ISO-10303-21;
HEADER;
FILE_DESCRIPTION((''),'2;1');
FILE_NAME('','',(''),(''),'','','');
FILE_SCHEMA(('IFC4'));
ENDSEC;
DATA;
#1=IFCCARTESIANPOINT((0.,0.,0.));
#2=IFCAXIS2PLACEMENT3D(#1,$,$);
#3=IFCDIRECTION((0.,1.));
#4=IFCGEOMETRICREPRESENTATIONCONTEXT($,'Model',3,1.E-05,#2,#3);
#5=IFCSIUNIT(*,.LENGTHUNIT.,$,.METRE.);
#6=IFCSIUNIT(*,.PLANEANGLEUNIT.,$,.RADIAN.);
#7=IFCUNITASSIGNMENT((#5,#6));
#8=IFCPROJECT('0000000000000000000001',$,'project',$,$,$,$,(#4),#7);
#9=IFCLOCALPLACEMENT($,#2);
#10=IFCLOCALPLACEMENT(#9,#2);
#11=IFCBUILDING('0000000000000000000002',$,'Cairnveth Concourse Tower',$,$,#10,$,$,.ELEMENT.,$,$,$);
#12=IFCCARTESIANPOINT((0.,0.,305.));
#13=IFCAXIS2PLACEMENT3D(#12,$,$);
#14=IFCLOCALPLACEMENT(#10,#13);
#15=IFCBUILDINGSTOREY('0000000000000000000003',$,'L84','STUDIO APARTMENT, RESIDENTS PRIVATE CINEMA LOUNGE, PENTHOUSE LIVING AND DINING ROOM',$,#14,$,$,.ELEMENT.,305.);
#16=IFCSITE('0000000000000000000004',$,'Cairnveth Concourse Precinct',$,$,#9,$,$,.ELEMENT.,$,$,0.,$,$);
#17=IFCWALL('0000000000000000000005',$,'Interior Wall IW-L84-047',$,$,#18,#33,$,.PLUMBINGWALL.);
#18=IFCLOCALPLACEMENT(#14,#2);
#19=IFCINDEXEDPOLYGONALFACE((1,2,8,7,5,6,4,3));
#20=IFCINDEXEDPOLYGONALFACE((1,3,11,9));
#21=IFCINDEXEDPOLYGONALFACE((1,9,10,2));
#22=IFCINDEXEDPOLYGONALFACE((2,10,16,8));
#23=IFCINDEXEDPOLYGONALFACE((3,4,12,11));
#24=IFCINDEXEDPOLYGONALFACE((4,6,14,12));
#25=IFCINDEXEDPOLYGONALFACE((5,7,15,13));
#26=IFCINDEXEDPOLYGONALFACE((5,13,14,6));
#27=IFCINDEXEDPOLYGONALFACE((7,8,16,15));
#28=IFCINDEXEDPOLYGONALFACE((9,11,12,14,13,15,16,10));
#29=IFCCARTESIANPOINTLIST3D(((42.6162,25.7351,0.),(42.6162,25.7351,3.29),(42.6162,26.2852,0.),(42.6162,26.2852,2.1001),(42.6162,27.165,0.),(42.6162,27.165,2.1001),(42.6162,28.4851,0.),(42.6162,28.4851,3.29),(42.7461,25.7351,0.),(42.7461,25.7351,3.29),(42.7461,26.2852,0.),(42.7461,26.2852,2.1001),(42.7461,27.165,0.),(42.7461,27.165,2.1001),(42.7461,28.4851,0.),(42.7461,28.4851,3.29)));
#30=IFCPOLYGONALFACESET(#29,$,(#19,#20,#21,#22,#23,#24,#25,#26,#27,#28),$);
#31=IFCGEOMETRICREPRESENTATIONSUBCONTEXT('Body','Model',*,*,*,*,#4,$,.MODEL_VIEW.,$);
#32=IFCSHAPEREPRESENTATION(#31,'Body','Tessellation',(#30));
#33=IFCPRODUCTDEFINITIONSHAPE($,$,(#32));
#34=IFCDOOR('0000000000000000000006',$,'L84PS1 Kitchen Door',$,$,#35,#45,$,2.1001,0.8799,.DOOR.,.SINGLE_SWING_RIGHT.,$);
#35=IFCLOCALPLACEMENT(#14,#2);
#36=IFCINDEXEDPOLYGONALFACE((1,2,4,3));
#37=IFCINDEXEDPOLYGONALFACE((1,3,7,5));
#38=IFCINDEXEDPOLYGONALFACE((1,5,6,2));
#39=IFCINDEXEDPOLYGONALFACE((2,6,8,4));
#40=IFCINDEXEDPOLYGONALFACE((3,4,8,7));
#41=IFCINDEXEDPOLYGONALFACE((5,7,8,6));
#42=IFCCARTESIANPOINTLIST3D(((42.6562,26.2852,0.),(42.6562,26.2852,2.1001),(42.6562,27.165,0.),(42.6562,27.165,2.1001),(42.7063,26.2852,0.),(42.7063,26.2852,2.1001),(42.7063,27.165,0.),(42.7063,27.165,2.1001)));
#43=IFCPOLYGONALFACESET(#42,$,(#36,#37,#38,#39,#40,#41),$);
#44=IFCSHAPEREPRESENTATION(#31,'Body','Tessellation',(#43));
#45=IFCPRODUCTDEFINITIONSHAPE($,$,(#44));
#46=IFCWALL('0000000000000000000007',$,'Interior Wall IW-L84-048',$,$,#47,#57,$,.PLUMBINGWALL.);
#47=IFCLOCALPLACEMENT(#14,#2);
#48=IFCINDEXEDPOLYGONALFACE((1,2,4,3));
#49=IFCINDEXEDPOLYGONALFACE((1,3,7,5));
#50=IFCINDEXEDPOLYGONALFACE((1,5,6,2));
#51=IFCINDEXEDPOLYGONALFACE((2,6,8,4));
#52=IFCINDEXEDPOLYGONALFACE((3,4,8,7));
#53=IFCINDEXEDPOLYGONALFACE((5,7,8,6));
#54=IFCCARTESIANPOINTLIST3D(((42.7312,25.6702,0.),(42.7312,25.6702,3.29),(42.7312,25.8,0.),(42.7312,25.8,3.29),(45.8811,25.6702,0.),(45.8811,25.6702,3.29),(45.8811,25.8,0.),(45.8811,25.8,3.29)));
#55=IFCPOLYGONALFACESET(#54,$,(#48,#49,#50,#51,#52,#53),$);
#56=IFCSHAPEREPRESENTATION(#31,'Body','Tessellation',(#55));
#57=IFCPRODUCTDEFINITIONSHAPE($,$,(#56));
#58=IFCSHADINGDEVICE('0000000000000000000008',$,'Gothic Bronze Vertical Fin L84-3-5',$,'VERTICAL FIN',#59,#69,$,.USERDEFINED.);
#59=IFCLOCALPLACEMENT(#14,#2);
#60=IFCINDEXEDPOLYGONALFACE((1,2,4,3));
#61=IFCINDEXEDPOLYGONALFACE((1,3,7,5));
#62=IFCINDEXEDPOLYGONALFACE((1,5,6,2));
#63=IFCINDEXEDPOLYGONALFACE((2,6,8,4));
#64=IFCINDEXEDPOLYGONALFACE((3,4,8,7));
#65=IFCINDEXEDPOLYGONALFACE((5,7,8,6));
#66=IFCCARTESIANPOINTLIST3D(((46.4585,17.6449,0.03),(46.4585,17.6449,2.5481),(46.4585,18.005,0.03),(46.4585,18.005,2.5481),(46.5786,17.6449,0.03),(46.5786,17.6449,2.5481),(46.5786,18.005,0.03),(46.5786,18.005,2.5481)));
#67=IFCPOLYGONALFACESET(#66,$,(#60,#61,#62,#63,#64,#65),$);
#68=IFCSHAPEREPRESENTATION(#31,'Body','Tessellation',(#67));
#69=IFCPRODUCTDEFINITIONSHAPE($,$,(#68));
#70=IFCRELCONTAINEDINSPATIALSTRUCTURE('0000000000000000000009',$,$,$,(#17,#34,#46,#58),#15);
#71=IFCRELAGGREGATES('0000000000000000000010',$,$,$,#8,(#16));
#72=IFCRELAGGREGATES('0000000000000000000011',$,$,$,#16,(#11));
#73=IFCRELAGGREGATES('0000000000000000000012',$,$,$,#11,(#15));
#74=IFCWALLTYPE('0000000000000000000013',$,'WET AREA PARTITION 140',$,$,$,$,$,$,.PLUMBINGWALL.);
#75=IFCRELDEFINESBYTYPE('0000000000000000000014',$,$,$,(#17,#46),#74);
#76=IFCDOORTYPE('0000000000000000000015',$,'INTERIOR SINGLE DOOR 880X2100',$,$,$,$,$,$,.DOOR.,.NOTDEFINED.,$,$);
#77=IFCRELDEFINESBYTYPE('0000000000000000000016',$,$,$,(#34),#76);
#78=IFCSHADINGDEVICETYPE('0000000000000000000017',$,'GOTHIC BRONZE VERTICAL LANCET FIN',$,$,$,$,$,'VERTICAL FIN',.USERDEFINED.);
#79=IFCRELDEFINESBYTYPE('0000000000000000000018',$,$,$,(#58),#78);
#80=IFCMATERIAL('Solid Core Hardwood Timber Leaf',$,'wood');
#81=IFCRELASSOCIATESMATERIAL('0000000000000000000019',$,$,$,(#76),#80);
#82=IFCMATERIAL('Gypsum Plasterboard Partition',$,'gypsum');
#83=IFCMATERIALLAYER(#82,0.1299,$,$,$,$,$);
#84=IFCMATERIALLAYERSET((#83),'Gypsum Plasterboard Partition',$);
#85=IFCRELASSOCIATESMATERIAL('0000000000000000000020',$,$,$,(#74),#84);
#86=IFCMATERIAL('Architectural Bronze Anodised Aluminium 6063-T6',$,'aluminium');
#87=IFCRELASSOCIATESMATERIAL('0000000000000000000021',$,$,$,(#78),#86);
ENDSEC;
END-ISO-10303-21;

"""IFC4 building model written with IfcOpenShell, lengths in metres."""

from ifc_helpers import new_model, si_unit, direction, frame, frame_2d, origin, origin_2d, place, context, subcontext, project, spatial, rectangle, extrude, material, layer, layer_set, type_object, element, fill, save


model = new_model("IFC4")

# Units and contexts
model_context = context("Model", 3, precision=1e-05, world=origin(), true_north=direction((0.0, 1.0)))
body_context = subcontext(model_context, "Body", "Model", "MODEL_VIEW")
ifc_project = project(units=[si_unit("LENGTHUNIT", "METRE"), si_unit("PLANEANGLEUNIT", "RADIAN")], contexts=[model_context])

# Site, building, storey
site_placement = place(None, origin())
site = spatial("IfcSite", under=ifc_project, at=site_placement, Name="Cairnveth Concourse Precinct", CompositionType="ELEMENT", RefElevation=0.0)
building_placement = place(site_placement, origin())
building = spatial("IfcBuilding", under=site, at=building_placement, Name="Cairnveth Concourse Tower", CompositionType="ELEMENT")
storey_placement = place(building_placement, frame((0.0, 0.0, 305.0)))
storey = spatial("IfcBuildingStorey", under=building, at=storey_placement, Name="L84", Description="STUDIO APARTMENT, RESIDENTS PRIVATE CINEMA LOUNGE, PENTHOUSE LIVING AND DINING ROOM", CompositionType="ELEMENT", Elevation=305.0)

# Shared definitions
ifc_material_1 = material(Name="Gypsum Plasterboard Partition", Category="gypsum")

# Shared definitions
ifc_material_2 = material(Name="Solid Core Hardwood Timber Leaf", Category="wood")
door_type_1 = type_object("IfcDoorType", Name="INTERIOR SINGLE DOOR 880X2100", OperationType="NOTDEFINED", PredefinedType="DOOR", material=ifc_material_2)

# Shared definitions
ifc_layer_1 = layer(ifc_material_1, 0.1299)
ifc_layer_set_1 = layer_set([ifc_layer_1], Name="Gypsum Plasterboard Partition")
wall_type_1 = type_object("IfcWallType", Name="WET AREA PARTITION 140", PredefinedType="PLUMBINGWALL", material=ifc_layer_set_1)

# Wall, opening, door
wall_1_placement = place(storey_placement, frame((42.6812, 25.7351, 0.0), z_axis=(0.0, 0.0, 1.0), x_axis=(0.0, 1.0, 0.0)))
wall_1 = element("IfcWall", 1, at=wall_1_placement, inside=storey, type_object=wall_type_1, Name="Interior Wall IW-L84-047", PredefinedType="PLUMBINGWALL", context=body_context, shape_type="SweptSolid", body=[
    extrude(rectangle(XDim=2.75, YDim=0.1299, at=frame_2d((1.375, 0.0))), origin(), (0.0, 0.0, 1.0), 3.29),
])
opening_1_placement = place(wall_1_placement, frame((0.55, 0.0, 0.0)))
opening_1 = element("IfcOpeningElement", 2, at=opening_1_placement, cuts=wall_1, PredefinedType="OPENING", context=body_context, shape_type="SweptSolid", body=[
    extrude(rectangle(XDim=0.8799, YDim=2.1001, at=frame_2d((0.4399, 1.05))), frame((0.0, 0.075, 0.0), z_axis=(0.0, -1.0, 0.0), x_axis=(1.0, 0.0, 0.0)), (0.0, 0.0, 1.0), 0.1499),
])
door_1_placement = place(opening_1_placement, origin())
door_1 = element("IfcDoor", 3, at=door_1_placement, inside=storey, type_object=door_type_1, Name="L84PS1 Kitchen Door", OperationType="SINGLE_SWING_RIGHT", OverallHeight=2.1001, OverallWidth=0.8799, PredefinedType="DOOR", context=body_context, shape_type="SweptSolid", body=[
    extrude(rectangle(XDim=0.8799, YDim=2.1001, at=frame_2d((0.4399, 1.05))), frame((0.0, 0.0249, 0.0), z_axis=(0.0, -1.0, 0.0), x_axis=(1.0, 0.0, 0.0)), (0.0, 0.0, 1.0), 0.05),
])
fill(opening_1, door_1)

# Wall
wall_2_placement = place(storey_placement, frame((42.7312, 25.7351, 0.0), z_axis=(0.0, 0.0, 1.0), x_axis=(1.0, 0.0, 0.0)))
element("IfcWall", 4, at=wall_2_placement, inside=storey, type_object=wall_type_1, Name="Interior Wall IW-L84-048", PredefinedType="PLUMBINGWALL", context=body_context, shape_type="SweptSolid", body=[
    extrude(rectangle(XDim=3.1499, YDim=0.1299, at=frame_2d((1.575, 0.0))), origin(), (0.0, 0.0, 1.0), 3.29),
])

# Shading device
ifc_material_3 = material(Name="Architectural Bronze Anodised Aluminium 6063-T6", Category="aluminium")
shading_device_type = type_object("IfcShadingDeviceType", Name="GOTHIC BRONZE VERTICAL LANCET FIN", ElementType="VERTICAL FIN", PredefinedType="USERDEFINED", material=ifc_material_3)
shading_device_placement = place(storey_placement, frame((46.5186, 17.825, 0.03), z_axis=(0.0, 0.0, 1.0), x_axis=(1.0, 0.0, 0.0)))
element("IfcShadingDevice", 5, at=shading_device_placement, inside=storey, type_object=shading_device_type, Name="Gothic Bronze Vertical Fin L84-3-5", ObjectType="VERTICAL FIN", PredefinedType="USERDEFINED", context=body_context, shape_type="SweptSolid", body=[
    extrude(rectangle(XDim=0.1201, YDim=0.3601, at=origin_2d()), origin(), (0.0, 0.0, 1.0), 2.5181),
])

save(model, "model.ifc")
